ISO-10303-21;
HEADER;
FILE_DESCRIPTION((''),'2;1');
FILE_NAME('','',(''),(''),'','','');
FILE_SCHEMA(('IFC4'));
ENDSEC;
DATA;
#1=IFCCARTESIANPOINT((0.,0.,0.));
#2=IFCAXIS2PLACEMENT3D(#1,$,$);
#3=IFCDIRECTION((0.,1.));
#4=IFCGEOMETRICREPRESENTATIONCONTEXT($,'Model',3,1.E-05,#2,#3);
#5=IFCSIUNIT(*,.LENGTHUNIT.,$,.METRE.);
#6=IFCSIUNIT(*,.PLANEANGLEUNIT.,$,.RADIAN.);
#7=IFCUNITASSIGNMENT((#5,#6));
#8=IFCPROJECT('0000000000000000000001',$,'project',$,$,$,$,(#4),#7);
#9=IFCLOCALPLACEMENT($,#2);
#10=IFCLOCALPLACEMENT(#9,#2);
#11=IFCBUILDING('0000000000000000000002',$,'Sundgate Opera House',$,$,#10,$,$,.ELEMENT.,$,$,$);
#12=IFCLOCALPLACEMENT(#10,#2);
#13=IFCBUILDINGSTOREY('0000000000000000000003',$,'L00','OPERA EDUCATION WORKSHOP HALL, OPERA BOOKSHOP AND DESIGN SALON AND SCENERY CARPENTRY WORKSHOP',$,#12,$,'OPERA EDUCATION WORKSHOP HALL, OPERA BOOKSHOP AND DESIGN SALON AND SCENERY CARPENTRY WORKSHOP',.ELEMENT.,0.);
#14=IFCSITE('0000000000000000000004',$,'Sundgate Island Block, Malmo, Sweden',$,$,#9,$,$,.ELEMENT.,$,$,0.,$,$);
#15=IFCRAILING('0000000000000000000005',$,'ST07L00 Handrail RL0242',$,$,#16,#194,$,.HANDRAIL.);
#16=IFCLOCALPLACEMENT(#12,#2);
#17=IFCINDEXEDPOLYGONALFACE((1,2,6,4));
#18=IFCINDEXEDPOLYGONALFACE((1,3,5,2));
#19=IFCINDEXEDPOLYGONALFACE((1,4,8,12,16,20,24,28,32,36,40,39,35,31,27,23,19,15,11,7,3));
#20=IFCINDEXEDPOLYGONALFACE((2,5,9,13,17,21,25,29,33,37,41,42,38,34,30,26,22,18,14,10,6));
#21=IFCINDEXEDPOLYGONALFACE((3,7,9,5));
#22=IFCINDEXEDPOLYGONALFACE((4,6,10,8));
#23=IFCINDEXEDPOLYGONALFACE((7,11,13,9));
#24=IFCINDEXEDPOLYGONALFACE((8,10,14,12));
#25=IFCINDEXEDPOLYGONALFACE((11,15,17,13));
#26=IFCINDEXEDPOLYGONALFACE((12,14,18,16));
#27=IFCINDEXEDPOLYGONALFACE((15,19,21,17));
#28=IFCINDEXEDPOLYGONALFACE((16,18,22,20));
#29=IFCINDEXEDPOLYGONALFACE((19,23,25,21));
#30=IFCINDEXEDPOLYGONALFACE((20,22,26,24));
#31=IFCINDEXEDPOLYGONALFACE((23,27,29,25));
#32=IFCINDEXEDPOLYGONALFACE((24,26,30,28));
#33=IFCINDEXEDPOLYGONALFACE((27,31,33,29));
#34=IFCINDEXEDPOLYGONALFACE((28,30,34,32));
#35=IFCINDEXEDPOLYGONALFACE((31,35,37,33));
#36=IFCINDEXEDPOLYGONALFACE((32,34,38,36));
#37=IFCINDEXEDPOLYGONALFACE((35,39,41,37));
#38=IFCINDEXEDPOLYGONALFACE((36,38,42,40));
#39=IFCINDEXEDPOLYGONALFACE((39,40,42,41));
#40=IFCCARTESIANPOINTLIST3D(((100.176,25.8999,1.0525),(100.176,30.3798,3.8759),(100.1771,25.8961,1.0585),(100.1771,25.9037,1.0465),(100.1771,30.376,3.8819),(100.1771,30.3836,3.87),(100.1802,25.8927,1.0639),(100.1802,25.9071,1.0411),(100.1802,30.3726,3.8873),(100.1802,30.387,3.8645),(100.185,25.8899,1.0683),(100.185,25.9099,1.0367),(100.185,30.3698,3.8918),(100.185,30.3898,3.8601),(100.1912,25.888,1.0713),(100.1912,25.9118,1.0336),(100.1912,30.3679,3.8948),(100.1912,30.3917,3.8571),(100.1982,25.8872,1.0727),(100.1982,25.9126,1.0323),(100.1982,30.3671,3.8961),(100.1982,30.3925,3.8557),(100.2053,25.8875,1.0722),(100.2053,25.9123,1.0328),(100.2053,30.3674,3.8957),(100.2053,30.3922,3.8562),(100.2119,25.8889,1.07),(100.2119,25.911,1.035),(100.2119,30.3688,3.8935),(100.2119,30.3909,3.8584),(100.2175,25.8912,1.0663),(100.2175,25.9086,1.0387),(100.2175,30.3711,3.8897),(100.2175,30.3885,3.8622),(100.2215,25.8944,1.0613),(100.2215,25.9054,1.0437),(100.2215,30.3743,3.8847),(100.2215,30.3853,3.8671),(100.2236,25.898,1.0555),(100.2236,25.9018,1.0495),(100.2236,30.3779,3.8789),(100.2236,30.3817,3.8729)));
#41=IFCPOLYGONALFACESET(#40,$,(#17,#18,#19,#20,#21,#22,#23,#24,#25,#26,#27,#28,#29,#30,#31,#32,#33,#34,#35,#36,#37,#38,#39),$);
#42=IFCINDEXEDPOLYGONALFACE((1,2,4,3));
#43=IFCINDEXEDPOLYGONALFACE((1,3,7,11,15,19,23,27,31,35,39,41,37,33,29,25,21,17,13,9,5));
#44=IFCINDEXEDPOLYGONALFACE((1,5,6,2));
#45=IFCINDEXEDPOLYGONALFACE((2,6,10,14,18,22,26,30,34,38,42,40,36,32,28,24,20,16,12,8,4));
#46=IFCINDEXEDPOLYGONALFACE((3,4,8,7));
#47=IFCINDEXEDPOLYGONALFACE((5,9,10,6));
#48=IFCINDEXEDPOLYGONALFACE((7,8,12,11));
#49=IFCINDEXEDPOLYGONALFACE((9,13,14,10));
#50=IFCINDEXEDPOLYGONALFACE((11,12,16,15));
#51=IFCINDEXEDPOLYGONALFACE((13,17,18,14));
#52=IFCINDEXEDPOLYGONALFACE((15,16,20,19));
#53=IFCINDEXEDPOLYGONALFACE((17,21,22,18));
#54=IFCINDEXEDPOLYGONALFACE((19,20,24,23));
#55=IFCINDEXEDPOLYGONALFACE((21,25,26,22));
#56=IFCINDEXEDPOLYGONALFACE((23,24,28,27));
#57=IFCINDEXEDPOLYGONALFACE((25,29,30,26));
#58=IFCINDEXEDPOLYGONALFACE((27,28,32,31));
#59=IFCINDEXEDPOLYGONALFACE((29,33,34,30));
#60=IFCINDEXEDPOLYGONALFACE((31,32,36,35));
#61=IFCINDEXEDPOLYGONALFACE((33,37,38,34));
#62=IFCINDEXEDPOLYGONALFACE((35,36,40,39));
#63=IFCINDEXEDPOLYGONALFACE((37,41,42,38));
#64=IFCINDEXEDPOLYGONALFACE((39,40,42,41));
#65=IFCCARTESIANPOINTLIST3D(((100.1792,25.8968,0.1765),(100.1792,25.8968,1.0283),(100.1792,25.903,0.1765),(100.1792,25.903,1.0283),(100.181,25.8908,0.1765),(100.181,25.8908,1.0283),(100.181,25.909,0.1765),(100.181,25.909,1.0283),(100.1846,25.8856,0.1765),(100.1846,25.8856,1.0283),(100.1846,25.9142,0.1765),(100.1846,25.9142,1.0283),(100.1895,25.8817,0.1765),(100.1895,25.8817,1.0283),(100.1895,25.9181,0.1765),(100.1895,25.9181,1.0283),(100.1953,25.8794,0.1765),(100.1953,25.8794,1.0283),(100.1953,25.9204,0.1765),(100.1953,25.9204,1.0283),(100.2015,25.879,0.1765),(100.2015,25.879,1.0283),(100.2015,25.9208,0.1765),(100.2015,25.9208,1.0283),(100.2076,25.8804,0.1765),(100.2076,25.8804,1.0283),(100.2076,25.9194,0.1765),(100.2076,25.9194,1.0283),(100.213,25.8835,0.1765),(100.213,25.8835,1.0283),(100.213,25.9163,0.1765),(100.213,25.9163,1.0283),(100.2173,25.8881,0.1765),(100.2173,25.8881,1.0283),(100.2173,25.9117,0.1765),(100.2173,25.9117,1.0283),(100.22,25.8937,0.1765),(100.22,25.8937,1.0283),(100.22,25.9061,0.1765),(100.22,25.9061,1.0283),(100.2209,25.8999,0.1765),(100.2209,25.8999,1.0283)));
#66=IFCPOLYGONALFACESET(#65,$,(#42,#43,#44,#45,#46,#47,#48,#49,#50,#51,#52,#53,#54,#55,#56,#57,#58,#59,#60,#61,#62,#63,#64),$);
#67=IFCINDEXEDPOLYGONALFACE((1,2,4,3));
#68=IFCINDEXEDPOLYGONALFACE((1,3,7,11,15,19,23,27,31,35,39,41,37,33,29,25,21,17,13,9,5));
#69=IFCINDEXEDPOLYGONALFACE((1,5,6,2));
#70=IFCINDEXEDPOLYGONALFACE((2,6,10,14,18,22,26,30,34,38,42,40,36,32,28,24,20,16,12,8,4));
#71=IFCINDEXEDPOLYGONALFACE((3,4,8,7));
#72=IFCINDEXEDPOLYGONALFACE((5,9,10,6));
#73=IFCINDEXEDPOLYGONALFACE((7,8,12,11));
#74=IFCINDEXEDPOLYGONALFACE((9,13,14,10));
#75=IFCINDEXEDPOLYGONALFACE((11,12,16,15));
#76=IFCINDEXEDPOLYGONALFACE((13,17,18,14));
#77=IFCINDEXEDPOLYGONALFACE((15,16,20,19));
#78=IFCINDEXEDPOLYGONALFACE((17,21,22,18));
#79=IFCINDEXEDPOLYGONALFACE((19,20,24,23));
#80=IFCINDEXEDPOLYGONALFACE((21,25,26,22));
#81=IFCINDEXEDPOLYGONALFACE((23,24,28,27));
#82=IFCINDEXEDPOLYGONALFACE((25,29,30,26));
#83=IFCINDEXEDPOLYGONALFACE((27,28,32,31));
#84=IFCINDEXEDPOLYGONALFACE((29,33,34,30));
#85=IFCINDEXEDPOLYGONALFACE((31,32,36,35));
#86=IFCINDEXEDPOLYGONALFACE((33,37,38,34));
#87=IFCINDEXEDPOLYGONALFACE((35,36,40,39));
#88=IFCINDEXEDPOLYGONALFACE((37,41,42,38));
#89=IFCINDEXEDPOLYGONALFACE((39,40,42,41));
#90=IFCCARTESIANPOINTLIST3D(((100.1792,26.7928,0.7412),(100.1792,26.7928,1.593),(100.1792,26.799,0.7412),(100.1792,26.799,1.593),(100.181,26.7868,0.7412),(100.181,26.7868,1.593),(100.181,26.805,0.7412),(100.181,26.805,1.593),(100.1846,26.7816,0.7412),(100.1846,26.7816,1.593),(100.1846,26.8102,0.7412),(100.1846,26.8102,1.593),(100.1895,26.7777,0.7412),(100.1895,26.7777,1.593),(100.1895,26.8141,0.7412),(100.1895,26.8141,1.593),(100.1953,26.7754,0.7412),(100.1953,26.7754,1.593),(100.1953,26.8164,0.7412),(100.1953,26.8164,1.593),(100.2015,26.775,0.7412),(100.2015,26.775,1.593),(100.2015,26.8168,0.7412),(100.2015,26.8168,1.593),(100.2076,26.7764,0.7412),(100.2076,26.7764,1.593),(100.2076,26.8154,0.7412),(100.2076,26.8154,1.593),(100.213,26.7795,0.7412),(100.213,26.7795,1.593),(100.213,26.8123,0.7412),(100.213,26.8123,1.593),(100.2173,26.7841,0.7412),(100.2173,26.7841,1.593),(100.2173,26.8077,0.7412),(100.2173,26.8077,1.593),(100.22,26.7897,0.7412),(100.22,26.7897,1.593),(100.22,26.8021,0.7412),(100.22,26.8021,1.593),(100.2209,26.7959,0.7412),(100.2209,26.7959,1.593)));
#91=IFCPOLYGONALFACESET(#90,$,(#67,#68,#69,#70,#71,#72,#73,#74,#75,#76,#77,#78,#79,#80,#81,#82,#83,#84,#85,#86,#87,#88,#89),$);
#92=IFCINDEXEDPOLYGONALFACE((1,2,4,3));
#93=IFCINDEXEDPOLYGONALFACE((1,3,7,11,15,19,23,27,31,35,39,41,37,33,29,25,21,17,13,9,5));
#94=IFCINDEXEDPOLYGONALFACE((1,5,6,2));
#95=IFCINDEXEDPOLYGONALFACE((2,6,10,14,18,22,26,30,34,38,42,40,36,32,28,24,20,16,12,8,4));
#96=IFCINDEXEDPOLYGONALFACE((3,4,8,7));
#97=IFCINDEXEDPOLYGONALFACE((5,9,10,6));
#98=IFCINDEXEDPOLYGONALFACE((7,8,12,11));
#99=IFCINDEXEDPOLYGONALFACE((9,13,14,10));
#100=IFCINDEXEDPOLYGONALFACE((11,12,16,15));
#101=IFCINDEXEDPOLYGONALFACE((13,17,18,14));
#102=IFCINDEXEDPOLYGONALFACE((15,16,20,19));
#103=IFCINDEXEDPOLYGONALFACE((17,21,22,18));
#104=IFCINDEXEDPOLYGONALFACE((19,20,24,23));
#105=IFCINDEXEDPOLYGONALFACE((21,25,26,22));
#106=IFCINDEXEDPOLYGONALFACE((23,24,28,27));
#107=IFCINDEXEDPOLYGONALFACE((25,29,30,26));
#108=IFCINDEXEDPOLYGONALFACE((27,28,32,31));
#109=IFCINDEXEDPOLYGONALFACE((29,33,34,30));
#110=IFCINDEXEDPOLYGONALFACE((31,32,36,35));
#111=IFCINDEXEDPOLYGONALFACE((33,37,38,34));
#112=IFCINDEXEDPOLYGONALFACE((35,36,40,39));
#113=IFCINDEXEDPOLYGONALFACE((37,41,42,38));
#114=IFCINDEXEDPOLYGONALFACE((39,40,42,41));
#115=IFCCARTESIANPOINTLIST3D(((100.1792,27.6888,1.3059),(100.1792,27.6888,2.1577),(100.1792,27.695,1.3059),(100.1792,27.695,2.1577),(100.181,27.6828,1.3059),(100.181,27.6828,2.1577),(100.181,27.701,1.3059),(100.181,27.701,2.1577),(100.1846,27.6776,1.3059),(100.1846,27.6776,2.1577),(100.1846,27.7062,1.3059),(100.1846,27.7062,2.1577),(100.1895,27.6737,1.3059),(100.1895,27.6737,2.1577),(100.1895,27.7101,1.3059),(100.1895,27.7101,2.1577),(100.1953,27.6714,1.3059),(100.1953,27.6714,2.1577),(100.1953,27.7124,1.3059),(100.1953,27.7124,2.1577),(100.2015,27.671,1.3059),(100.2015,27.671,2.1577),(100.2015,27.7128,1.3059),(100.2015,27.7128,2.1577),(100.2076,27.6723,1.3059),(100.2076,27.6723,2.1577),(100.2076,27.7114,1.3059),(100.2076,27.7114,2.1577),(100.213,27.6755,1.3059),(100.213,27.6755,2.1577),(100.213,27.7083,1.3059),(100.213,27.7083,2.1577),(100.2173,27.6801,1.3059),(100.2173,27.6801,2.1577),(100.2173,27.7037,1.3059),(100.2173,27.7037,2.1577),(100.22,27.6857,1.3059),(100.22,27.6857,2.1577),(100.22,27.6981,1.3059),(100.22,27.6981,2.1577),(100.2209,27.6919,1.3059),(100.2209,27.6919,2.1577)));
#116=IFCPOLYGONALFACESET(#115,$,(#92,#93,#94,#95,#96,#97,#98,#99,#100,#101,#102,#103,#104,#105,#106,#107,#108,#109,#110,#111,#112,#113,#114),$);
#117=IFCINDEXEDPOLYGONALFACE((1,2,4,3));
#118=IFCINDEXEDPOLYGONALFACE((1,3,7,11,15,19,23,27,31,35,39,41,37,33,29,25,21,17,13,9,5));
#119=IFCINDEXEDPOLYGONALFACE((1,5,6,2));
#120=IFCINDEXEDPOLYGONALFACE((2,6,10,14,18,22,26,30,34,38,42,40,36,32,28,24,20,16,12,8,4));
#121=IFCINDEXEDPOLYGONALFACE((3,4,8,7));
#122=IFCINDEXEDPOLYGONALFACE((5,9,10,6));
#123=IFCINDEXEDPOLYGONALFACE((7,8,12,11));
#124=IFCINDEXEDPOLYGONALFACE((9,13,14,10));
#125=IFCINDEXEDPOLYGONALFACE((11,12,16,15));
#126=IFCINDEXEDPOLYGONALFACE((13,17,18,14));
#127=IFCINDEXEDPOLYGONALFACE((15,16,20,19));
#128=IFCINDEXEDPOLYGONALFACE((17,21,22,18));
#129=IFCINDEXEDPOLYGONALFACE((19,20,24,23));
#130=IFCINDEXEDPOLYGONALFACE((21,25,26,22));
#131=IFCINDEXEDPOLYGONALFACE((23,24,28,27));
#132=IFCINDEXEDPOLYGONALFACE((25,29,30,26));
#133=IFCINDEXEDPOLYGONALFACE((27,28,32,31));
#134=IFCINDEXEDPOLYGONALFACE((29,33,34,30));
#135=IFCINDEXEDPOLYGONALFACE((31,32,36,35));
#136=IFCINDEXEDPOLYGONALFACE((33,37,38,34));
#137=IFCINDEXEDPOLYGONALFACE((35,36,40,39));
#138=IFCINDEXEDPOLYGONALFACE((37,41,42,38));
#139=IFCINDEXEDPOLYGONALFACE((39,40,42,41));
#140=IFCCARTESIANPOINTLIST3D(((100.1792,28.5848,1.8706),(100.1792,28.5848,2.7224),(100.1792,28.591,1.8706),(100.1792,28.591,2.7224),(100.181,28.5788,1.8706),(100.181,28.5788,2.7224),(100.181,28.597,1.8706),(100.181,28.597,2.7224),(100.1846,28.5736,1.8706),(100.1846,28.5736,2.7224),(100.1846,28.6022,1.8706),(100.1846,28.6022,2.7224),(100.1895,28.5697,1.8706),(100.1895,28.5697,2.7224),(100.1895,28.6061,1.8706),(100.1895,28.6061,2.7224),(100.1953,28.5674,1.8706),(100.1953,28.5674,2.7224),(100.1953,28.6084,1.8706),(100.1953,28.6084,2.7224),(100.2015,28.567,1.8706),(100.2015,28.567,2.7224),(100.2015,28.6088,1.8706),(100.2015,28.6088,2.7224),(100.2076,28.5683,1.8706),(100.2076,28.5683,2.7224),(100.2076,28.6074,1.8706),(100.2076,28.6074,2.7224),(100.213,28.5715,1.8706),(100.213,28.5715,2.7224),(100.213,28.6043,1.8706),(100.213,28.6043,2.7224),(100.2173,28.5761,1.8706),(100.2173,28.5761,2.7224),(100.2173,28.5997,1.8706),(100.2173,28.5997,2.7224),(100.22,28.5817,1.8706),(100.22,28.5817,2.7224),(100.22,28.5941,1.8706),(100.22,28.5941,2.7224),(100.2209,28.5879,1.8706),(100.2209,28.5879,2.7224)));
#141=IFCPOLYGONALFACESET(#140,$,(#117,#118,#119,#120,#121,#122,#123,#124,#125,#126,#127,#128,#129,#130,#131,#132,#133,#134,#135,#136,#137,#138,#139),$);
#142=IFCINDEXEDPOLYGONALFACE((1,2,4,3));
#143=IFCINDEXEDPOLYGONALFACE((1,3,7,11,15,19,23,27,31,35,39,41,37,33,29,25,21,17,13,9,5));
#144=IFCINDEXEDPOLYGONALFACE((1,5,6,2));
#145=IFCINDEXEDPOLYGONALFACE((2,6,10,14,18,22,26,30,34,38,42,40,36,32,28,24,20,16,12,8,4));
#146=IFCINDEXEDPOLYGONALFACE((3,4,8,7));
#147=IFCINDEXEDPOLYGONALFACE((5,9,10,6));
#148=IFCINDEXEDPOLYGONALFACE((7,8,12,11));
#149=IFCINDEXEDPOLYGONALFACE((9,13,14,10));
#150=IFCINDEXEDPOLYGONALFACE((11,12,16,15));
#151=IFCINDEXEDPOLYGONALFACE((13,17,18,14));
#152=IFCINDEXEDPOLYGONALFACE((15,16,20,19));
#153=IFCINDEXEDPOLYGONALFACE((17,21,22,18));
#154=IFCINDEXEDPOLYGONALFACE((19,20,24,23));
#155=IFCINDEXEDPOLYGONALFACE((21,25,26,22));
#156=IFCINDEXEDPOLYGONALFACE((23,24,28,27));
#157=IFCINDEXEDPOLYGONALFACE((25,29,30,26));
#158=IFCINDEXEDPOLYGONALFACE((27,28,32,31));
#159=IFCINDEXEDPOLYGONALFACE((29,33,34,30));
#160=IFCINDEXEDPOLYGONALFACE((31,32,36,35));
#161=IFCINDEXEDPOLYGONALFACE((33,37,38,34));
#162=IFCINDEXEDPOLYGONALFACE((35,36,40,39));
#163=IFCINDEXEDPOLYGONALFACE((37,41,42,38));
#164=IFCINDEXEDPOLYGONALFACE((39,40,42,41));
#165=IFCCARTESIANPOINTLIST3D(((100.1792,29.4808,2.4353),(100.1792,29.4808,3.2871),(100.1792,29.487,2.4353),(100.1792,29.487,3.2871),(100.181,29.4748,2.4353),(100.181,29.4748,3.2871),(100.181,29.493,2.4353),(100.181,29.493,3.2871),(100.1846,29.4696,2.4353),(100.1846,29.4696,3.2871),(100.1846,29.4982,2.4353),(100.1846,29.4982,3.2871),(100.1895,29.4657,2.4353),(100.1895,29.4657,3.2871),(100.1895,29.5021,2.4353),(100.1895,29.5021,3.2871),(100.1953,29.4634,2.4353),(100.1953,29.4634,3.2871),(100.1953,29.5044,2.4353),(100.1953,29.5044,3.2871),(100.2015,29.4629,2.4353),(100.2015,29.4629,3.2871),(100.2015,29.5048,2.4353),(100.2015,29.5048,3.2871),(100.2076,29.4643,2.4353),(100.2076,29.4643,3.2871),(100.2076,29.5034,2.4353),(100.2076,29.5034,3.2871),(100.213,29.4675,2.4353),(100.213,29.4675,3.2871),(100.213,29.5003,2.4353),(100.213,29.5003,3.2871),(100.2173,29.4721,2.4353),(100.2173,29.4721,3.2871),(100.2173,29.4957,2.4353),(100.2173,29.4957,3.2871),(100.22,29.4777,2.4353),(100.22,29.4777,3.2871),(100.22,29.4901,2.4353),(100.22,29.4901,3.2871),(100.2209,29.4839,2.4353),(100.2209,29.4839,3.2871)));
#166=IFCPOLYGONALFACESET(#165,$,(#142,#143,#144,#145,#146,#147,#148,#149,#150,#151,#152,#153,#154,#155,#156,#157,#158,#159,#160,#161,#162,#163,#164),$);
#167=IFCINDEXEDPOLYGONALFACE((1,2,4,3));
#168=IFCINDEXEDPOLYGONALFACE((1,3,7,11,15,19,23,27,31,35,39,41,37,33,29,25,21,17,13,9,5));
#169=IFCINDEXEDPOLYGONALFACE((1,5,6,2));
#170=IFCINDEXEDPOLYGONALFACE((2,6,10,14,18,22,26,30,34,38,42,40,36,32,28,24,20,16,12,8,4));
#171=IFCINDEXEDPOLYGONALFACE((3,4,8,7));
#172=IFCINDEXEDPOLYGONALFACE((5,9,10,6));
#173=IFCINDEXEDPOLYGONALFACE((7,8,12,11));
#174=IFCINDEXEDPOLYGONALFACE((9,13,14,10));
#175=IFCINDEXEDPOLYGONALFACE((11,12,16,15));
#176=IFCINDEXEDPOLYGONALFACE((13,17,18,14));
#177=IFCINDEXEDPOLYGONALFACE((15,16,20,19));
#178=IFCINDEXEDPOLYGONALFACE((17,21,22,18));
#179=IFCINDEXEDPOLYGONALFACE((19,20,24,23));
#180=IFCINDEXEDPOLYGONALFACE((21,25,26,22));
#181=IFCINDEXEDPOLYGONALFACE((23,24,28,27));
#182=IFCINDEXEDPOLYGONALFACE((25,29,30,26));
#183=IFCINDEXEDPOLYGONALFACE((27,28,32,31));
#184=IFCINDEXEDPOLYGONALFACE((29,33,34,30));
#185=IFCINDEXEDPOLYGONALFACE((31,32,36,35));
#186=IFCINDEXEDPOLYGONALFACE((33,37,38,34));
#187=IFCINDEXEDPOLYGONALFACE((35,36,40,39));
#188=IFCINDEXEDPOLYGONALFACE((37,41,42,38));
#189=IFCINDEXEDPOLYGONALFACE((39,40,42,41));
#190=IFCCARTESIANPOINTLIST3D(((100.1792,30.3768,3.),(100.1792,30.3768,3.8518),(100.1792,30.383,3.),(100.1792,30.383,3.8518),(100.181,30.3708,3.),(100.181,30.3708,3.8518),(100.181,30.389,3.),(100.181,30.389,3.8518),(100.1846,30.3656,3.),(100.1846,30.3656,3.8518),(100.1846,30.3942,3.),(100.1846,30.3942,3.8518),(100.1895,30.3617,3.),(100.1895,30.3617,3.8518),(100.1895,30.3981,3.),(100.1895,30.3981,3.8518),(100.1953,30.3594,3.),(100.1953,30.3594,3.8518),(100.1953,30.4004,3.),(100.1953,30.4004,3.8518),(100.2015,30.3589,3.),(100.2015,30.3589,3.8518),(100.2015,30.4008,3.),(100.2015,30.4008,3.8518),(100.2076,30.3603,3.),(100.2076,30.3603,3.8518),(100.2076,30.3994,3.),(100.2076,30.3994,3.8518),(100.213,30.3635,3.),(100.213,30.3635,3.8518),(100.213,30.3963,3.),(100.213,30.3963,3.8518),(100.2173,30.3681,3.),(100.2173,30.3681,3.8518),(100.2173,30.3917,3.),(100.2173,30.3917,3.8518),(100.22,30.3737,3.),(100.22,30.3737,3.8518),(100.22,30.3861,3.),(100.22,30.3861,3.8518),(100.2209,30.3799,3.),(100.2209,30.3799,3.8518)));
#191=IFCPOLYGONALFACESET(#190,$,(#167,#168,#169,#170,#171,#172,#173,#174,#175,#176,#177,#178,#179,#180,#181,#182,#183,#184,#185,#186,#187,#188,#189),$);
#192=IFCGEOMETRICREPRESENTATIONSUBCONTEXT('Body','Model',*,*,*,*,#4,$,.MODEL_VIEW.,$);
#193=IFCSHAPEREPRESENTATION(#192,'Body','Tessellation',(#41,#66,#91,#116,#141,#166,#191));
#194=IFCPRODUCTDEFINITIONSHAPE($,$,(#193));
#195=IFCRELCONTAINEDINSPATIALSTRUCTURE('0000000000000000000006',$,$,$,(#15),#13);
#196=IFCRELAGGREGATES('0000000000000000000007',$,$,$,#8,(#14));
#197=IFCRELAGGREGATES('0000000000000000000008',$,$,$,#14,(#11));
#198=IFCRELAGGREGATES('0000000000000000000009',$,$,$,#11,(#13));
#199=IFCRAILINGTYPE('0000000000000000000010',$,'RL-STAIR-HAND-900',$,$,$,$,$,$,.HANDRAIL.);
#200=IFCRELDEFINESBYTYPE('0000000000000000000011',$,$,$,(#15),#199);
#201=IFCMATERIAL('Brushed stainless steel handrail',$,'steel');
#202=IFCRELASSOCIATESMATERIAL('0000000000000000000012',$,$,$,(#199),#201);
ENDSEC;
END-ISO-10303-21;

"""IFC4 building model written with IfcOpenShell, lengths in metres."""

from ifc_helpers import new_model, si_unit, direction, frame, origin, origin_2d, place, context, subcontext, project, spatial, circle, extrude, material, type_object, element, save


model = new_model("IFC4")

# Units and contexts
model_context = context("Model", 3, precision=1e-05, world=origin(), true_north=direction((0.0, 1.0)))
body_context = subcontext(model_context, "Body", "Model", "MODEL_VIEW")
ifc_project = project(units=[si_unit("LENGTHUNIT", "METRE"), si_unit("PLANEANGLEUNIT", "RADIAN")], contexts=[model_context])

# Site, building, storey
site_placement = place(None, origin())
site = spatial("IfcSite", under=ifc_project, at=site_placement, Name="Sundgate Island Block, Malmo, Sweden", CompositionType="ELEMENT", RefElevation=0.0)
building_placement = place(site_placement, origin())
building = spatial("IfcBuilding", under=site, at=building_placement, Name="Sundgate Opera House", CompositionType="ELEMENT")
storey_placement = place(building_placement, origin())
storey = spatial("IfcBuildingStorey", under=building, at=storey_placement, Name="L00", Description="OPERA EDUCATION WORKSHOP HALL, OPERA BOOKSHOP AND DESIGN SALON AND SCENERY CARPENTRY WORKSHOP", LongName="OPERA EDUCATION WORKSHOP HALL, OPERA BOOKSHOP AND DESIGN SALON AND SCENERY CARPENTRY WORKSHOP", CompositionType="ELEMENT", Elevation=0.0)

# Railing
ifc_material_1 = material(Name="Brushed stainless steel handrail", Category="steel")
railing_type_1 = type_object("IfcRailingType", Name="RL-STAIR-HAND-900", PredefinedType="HANDRAIL", material=ifc_material_1)
railing_1_placement = place(storey_placement, frame((100.2, 25.8999, 0.1765)))
element("IfcRailing", 1, at=railing_1_placement, inside=storey, type_object=railing_type_1, Name="ST07L00 Handrail RL0242", PredefinedType="HANDRAIL", context=body_context, shape_type="SweptSolid", body=[
    extrude(circle(Radius=0.0239, at=origin_2d()), frame((0.0, 0.0, 0.876), z_axis=(0.0, 0.845998, 0.533186), x_axis=(-1.0, 0.0, 0.0)), (0.0, 0.0, 1.0), 5.2954),
    extrude(circle(Radius=0.021, at=origin_2d()), origin(), (0.0, 0.0, 1.0), 0.8518),
    extrude(circle(Radius=0.021, at=origin_2d()), frame((0.0, 0.896, 0.5647)), (0.0, 0.0, 1.0), 0.8518),
    extrude(circle(Radius=0.021, at=origin_2d()), frame((0.0, 1.792, 1.1294)), (0.0, 0.0, 1.0), 0.8518),
    extrude(circle(Radius=0.021, at=origin_2d()), frame((0.0, 2.688, 1.6941)), (0.0, 0.0, 1.0), 0.8518),
    extrude(circle(Radius=0.021, at=origin_2d()), frame((0.0, 3.584, 2.2588)), (0.0, 0.0, 1.0), 0.8518),
    extrude(circle(Radius=0.021, at=origin_2d()), frame((0.0, 4.48, 2.8235)), (0.0, 0.0, 1.0), 0.8518),
])

save(model, "model.ifc")
